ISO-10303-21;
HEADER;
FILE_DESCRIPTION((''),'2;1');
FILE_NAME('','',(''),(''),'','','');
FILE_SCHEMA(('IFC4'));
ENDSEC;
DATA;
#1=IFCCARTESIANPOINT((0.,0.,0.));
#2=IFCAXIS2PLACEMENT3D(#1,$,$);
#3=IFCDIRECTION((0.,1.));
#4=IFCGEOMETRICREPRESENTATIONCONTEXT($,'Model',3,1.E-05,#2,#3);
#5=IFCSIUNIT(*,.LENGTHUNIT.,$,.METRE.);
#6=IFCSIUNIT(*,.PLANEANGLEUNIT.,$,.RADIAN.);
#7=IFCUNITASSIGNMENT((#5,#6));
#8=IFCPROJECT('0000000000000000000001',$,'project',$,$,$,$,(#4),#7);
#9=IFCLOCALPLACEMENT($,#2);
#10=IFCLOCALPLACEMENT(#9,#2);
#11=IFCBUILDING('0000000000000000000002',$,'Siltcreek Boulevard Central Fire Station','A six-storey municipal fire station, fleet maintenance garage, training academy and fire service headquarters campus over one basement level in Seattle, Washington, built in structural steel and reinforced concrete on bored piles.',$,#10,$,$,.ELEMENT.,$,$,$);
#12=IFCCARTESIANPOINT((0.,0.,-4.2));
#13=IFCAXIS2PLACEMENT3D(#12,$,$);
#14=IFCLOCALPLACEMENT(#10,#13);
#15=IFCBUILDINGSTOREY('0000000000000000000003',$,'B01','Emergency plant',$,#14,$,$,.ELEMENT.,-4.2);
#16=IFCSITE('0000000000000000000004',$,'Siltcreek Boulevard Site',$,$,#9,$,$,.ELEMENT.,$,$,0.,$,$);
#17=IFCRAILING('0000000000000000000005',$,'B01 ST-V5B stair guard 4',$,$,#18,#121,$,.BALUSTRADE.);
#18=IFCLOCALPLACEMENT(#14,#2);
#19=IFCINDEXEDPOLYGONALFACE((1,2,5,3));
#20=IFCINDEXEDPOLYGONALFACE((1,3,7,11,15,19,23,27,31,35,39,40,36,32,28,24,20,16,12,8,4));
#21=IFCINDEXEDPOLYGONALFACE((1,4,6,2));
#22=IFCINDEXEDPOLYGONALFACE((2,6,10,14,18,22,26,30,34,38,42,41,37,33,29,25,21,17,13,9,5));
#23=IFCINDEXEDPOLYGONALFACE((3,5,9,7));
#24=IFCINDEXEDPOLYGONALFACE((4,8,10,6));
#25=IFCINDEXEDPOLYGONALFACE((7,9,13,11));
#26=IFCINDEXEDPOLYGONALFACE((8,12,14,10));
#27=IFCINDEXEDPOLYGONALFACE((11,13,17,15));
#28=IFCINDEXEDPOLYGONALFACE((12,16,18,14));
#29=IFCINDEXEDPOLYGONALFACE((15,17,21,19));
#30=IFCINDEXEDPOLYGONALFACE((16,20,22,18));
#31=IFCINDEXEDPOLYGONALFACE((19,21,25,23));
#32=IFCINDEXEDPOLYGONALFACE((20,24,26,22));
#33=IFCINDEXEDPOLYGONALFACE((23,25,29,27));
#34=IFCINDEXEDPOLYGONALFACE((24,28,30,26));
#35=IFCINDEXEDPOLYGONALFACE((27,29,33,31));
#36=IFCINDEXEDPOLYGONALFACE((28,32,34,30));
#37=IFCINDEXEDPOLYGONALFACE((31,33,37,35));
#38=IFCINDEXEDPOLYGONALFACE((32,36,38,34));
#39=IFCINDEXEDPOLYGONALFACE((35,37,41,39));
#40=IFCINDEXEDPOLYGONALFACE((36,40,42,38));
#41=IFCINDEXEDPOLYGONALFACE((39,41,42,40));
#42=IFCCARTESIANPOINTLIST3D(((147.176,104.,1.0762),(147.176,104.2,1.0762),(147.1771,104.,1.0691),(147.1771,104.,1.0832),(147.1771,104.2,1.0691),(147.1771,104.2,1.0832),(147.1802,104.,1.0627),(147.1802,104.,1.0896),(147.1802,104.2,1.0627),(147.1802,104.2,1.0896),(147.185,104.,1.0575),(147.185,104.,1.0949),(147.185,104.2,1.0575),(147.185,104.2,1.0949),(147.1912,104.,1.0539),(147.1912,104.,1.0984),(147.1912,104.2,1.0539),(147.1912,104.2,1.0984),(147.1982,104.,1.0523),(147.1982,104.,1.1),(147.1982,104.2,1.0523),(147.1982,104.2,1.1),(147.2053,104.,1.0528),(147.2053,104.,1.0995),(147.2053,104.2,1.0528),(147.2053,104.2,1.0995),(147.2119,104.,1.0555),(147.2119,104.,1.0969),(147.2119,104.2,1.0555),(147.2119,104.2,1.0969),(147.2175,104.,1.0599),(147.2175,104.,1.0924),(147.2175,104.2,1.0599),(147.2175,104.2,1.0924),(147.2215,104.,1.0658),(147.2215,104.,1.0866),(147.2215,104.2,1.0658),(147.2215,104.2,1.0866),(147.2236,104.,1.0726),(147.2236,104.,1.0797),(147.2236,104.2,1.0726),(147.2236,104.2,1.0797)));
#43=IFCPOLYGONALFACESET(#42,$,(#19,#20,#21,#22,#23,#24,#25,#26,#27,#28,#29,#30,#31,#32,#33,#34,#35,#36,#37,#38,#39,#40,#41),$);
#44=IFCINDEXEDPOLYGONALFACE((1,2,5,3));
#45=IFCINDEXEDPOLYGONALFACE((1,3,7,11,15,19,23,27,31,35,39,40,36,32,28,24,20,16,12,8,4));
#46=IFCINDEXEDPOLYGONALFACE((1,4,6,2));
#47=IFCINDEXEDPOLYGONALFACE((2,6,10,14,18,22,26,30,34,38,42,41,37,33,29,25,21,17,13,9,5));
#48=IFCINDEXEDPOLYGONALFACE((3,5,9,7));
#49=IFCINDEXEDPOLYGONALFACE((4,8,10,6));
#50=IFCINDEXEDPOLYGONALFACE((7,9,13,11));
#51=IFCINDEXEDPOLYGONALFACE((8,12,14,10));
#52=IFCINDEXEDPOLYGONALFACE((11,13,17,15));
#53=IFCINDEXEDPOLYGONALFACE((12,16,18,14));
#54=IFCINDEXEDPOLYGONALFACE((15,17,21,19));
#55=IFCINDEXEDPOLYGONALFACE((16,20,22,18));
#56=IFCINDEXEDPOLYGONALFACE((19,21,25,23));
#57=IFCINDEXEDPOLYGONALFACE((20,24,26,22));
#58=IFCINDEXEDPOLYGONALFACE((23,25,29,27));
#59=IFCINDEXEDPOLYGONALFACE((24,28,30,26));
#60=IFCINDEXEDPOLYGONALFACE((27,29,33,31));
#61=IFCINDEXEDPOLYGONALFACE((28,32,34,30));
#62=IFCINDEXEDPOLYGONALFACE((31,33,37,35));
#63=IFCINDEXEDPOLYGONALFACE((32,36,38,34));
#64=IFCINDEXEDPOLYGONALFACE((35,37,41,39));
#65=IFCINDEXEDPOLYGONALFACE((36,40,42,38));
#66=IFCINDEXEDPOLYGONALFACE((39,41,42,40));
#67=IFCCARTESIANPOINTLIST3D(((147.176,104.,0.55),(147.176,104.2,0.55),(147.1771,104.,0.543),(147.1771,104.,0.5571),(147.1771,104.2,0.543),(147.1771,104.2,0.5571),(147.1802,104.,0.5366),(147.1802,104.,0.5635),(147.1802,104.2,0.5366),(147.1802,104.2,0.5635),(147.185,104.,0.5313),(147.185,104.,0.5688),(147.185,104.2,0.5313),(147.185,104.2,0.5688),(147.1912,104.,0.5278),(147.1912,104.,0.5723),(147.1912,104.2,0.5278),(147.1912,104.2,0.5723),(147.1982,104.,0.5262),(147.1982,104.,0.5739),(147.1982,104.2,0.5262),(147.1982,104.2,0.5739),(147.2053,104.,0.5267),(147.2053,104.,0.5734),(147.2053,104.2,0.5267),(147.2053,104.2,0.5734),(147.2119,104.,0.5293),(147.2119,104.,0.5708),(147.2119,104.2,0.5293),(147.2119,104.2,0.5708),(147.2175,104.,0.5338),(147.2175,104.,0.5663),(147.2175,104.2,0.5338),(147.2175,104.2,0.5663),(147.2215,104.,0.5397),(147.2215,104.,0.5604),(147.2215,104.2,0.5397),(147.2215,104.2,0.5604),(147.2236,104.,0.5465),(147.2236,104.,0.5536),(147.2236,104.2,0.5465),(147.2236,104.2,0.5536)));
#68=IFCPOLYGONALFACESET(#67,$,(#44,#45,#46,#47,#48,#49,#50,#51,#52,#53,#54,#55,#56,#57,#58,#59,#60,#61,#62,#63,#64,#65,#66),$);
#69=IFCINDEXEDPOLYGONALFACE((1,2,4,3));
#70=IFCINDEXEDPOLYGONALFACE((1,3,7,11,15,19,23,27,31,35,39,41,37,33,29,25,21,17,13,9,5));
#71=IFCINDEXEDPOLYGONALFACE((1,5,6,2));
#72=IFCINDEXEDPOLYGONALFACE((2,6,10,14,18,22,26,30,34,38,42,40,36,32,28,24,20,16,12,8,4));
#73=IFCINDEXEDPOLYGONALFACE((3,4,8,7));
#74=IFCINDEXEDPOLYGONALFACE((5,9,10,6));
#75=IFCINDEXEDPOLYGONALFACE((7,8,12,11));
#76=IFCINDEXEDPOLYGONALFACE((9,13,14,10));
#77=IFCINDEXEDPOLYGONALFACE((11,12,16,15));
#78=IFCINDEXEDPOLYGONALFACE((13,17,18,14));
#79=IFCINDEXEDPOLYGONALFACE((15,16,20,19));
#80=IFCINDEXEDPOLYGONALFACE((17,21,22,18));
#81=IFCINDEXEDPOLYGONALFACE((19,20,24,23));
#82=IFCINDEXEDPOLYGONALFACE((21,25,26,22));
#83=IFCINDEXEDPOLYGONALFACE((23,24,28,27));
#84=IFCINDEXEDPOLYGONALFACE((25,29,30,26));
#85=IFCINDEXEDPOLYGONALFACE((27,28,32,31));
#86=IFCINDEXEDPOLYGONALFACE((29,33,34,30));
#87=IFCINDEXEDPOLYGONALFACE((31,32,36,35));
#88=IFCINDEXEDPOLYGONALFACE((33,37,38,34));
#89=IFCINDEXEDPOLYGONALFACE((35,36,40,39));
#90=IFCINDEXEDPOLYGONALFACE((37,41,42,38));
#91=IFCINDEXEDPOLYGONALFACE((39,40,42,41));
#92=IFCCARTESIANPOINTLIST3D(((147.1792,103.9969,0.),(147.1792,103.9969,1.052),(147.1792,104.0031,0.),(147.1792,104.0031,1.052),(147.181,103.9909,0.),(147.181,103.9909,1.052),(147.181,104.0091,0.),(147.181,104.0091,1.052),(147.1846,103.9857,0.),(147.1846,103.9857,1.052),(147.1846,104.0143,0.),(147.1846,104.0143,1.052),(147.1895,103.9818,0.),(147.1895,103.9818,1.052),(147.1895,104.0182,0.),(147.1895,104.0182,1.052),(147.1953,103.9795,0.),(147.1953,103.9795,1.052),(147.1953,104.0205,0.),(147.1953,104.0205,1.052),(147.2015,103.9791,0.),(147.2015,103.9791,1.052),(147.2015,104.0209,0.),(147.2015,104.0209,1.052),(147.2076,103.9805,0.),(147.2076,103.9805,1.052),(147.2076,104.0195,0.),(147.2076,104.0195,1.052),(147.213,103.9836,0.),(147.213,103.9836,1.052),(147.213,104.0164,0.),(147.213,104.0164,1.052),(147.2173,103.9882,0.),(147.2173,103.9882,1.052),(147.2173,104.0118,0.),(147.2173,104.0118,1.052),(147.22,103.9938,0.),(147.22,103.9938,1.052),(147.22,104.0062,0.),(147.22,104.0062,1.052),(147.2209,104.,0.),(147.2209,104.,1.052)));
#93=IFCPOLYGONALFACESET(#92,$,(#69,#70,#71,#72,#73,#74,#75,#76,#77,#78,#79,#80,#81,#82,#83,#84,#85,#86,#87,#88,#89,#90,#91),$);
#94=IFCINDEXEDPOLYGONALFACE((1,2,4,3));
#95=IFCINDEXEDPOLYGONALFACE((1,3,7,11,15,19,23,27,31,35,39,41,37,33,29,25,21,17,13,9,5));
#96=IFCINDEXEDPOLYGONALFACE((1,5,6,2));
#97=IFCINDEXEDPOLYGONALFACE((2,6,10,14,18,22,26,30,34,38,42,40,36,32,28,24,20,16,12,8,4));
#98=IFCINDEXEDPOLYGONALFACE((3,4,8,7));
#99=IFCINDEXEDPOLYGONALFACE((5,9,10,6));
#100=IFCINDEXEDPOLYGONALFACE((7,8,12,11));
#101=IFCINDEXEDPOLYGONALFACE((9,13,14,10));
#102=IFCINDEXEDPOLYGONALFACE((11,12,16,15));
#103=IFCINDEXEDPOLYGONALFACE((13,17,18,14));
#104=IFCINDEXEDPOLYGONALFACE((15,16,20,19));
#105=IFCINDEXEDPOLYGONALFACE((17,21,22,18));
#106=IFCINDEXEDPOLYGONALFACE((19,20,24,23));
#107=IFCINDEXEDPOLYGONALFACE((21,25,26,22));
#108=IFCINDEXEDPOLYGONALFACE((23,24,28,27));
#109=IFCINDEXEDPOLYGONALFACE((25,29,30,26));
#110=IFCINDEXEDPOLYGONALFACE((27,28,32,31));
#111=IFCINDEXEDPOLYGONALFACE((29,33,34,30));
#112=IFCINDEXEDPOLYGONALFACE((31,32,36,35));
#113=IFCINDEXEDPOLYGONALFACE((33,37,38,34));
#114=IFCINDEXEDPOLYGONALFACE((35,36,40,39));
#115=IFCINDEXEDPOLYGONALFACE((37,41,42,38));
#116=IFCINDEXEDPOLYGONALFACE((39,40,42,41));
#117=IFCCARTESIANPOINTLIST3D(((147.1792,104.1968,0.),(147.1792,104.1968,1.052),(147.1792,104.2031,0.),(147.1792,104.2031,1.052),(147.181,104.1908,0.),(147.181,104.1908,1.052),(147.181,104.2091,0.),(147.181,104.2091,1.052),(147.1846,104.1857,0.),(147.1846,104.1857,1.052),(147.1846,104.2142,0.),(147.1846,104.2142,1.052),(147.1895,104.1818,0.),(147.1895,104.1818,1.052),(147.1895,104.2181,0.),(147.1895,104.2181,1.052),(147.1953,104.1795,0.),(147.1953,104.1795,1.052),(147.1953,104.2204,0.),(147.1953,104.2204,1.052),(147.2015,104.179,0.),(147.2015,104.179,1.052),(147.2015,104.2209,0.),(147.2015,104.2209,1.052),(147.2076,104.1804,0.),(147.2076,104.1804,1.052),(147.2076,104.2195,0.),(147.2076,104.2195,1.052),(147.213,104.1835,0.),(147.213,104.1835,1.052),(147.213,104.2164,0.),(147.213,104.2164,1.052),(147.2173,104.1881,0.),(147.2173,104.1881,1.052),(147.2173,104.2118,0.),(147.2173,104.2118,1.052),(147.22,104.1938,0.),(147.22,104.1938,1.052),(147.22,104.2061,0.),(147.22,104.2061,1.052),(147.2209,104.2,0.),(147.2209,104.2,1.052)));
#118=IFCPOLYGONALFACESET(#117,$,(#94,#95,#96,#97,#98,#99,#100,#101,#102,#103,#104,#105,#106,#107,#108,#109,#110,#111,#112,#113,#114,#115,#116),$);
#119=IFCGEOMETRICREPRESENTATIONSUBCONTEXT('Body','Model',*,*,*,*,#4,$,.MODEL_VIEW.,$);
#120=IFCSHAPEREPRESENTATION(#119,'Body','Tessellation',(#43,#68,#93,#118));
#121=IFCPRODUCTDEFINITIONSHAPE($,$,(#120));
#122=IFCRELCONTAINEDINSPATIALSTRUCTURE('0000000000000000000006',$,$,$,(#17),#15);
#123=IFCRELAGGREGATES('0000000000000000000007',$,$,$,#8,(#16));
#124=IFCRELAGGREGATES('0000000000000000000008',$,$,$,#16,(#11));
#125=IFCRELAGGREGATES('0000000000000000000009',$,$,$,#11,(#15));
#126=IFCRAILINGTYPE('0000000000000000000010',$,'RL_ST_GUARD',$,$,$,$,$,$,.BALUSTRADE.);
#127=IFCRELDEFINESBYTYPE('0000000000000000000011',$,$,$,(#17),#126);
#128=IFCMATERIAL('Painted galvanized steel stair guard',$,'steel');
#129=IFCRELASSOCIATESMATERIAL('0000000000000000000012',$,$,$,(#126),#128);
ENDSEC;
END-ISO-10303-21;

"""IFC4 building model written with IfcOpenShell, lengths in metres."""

from ifc_helpers import new_model, si_unit, direction, frame, origin, origin_2d, place, context, subcontext, project, spatial, circle, extrude, material, type_object, element, save


model = new_model("IFC4")

# Units and contexts
model_context = context("Model", 3, precision=1e-05, world=origin(), true_north=direction((0.0, 1.0)))
body_context = subcontext(model_context, "Body", "Model", "MODEL_VIEW")
ifc_project = project(units=[si_unit("LENGTHUNIT", "METRE"), si_unit("PLANEANGLEUNIT", "RADIAN")], contexts=[model_context])

# Site, building, storey
site_placement = place(None, origin())
site = spatial("IfcSite", under=ifc_project, at=site_placement, Name="Siltcreek Boulevard Site", CompositionType="ELEMENT", RefElevation=0.0)
building_placement = place(site_placement, origin())
building = spatial("IfcBuilding", under=site, at=building_placement, Name="Siltcreek Boulevard Central Fire Station", Description="A six-storey municipal fire station, fleet maintenance garage, training academy and fire service headquarters campus over one basement level in Seattle, Washington, built in structural steel and reinforced concrete on bored piles.", CompositionType="ELEMENT")
storey_placement = place(building_placement, frame((0.0, 0.0, -4.2)))
storey = spatial("IfcBuildingStorey", under=building, at=storey_placement, Name="B01", Description="Emergency plant", CompositionType="ELEMENT", Elevation=-4.2)

# Railing
ifc_material_1 = material(Name="Painted galvanized steel stair guard", Category="steel")
railing_type = type_object("IfcRailingType", Name="RL_ST_GUARD", PredefinedType="BALUSTRADE", material=ifc_material_1)
railing_1_placement = place(storey_placement, frame((147.2, 104.0, 0.0)))
element("IfcRailing", 1, at=railing_1_placement, inside=storey, type_object=railing_type, Name="B01 ST-V5B stair guard 4", PredefinedType="BALUSTRADE", context=body_context, shape_type="SweptSolid", body=[
    extrude(circle(Radius=0.0239, at=origin_2d()), frame((0.0, 0.0, 1.0762), z_axis=(0.0, 1.0, 0.0), x_axis=(-1.0, 0.0, 0.0)), (0.0, 0.0, 1.0), 0.2),
    extrude(circle(Radius=0.0239, at=origin_2d()), frame((0.0, 0.0, 0.55), z_axis=(0.0, 1.0, 0.0), x_axis=(-1.0, 0.0, 0.0)), (0.0, 0.0, 1.0), 0.2),
    extrude(circle(Radius=0.021, at=origin_2d()), origin(), (0.0, 0.0, 1.0), 1.052),
    extrude(circle(Radius=0.021, at=origin_2d()), frame((0.0, 0.2, 0.0)), (0.0, 0.0, 1.0), 1.052),
])

save(model, "model.ifc")
